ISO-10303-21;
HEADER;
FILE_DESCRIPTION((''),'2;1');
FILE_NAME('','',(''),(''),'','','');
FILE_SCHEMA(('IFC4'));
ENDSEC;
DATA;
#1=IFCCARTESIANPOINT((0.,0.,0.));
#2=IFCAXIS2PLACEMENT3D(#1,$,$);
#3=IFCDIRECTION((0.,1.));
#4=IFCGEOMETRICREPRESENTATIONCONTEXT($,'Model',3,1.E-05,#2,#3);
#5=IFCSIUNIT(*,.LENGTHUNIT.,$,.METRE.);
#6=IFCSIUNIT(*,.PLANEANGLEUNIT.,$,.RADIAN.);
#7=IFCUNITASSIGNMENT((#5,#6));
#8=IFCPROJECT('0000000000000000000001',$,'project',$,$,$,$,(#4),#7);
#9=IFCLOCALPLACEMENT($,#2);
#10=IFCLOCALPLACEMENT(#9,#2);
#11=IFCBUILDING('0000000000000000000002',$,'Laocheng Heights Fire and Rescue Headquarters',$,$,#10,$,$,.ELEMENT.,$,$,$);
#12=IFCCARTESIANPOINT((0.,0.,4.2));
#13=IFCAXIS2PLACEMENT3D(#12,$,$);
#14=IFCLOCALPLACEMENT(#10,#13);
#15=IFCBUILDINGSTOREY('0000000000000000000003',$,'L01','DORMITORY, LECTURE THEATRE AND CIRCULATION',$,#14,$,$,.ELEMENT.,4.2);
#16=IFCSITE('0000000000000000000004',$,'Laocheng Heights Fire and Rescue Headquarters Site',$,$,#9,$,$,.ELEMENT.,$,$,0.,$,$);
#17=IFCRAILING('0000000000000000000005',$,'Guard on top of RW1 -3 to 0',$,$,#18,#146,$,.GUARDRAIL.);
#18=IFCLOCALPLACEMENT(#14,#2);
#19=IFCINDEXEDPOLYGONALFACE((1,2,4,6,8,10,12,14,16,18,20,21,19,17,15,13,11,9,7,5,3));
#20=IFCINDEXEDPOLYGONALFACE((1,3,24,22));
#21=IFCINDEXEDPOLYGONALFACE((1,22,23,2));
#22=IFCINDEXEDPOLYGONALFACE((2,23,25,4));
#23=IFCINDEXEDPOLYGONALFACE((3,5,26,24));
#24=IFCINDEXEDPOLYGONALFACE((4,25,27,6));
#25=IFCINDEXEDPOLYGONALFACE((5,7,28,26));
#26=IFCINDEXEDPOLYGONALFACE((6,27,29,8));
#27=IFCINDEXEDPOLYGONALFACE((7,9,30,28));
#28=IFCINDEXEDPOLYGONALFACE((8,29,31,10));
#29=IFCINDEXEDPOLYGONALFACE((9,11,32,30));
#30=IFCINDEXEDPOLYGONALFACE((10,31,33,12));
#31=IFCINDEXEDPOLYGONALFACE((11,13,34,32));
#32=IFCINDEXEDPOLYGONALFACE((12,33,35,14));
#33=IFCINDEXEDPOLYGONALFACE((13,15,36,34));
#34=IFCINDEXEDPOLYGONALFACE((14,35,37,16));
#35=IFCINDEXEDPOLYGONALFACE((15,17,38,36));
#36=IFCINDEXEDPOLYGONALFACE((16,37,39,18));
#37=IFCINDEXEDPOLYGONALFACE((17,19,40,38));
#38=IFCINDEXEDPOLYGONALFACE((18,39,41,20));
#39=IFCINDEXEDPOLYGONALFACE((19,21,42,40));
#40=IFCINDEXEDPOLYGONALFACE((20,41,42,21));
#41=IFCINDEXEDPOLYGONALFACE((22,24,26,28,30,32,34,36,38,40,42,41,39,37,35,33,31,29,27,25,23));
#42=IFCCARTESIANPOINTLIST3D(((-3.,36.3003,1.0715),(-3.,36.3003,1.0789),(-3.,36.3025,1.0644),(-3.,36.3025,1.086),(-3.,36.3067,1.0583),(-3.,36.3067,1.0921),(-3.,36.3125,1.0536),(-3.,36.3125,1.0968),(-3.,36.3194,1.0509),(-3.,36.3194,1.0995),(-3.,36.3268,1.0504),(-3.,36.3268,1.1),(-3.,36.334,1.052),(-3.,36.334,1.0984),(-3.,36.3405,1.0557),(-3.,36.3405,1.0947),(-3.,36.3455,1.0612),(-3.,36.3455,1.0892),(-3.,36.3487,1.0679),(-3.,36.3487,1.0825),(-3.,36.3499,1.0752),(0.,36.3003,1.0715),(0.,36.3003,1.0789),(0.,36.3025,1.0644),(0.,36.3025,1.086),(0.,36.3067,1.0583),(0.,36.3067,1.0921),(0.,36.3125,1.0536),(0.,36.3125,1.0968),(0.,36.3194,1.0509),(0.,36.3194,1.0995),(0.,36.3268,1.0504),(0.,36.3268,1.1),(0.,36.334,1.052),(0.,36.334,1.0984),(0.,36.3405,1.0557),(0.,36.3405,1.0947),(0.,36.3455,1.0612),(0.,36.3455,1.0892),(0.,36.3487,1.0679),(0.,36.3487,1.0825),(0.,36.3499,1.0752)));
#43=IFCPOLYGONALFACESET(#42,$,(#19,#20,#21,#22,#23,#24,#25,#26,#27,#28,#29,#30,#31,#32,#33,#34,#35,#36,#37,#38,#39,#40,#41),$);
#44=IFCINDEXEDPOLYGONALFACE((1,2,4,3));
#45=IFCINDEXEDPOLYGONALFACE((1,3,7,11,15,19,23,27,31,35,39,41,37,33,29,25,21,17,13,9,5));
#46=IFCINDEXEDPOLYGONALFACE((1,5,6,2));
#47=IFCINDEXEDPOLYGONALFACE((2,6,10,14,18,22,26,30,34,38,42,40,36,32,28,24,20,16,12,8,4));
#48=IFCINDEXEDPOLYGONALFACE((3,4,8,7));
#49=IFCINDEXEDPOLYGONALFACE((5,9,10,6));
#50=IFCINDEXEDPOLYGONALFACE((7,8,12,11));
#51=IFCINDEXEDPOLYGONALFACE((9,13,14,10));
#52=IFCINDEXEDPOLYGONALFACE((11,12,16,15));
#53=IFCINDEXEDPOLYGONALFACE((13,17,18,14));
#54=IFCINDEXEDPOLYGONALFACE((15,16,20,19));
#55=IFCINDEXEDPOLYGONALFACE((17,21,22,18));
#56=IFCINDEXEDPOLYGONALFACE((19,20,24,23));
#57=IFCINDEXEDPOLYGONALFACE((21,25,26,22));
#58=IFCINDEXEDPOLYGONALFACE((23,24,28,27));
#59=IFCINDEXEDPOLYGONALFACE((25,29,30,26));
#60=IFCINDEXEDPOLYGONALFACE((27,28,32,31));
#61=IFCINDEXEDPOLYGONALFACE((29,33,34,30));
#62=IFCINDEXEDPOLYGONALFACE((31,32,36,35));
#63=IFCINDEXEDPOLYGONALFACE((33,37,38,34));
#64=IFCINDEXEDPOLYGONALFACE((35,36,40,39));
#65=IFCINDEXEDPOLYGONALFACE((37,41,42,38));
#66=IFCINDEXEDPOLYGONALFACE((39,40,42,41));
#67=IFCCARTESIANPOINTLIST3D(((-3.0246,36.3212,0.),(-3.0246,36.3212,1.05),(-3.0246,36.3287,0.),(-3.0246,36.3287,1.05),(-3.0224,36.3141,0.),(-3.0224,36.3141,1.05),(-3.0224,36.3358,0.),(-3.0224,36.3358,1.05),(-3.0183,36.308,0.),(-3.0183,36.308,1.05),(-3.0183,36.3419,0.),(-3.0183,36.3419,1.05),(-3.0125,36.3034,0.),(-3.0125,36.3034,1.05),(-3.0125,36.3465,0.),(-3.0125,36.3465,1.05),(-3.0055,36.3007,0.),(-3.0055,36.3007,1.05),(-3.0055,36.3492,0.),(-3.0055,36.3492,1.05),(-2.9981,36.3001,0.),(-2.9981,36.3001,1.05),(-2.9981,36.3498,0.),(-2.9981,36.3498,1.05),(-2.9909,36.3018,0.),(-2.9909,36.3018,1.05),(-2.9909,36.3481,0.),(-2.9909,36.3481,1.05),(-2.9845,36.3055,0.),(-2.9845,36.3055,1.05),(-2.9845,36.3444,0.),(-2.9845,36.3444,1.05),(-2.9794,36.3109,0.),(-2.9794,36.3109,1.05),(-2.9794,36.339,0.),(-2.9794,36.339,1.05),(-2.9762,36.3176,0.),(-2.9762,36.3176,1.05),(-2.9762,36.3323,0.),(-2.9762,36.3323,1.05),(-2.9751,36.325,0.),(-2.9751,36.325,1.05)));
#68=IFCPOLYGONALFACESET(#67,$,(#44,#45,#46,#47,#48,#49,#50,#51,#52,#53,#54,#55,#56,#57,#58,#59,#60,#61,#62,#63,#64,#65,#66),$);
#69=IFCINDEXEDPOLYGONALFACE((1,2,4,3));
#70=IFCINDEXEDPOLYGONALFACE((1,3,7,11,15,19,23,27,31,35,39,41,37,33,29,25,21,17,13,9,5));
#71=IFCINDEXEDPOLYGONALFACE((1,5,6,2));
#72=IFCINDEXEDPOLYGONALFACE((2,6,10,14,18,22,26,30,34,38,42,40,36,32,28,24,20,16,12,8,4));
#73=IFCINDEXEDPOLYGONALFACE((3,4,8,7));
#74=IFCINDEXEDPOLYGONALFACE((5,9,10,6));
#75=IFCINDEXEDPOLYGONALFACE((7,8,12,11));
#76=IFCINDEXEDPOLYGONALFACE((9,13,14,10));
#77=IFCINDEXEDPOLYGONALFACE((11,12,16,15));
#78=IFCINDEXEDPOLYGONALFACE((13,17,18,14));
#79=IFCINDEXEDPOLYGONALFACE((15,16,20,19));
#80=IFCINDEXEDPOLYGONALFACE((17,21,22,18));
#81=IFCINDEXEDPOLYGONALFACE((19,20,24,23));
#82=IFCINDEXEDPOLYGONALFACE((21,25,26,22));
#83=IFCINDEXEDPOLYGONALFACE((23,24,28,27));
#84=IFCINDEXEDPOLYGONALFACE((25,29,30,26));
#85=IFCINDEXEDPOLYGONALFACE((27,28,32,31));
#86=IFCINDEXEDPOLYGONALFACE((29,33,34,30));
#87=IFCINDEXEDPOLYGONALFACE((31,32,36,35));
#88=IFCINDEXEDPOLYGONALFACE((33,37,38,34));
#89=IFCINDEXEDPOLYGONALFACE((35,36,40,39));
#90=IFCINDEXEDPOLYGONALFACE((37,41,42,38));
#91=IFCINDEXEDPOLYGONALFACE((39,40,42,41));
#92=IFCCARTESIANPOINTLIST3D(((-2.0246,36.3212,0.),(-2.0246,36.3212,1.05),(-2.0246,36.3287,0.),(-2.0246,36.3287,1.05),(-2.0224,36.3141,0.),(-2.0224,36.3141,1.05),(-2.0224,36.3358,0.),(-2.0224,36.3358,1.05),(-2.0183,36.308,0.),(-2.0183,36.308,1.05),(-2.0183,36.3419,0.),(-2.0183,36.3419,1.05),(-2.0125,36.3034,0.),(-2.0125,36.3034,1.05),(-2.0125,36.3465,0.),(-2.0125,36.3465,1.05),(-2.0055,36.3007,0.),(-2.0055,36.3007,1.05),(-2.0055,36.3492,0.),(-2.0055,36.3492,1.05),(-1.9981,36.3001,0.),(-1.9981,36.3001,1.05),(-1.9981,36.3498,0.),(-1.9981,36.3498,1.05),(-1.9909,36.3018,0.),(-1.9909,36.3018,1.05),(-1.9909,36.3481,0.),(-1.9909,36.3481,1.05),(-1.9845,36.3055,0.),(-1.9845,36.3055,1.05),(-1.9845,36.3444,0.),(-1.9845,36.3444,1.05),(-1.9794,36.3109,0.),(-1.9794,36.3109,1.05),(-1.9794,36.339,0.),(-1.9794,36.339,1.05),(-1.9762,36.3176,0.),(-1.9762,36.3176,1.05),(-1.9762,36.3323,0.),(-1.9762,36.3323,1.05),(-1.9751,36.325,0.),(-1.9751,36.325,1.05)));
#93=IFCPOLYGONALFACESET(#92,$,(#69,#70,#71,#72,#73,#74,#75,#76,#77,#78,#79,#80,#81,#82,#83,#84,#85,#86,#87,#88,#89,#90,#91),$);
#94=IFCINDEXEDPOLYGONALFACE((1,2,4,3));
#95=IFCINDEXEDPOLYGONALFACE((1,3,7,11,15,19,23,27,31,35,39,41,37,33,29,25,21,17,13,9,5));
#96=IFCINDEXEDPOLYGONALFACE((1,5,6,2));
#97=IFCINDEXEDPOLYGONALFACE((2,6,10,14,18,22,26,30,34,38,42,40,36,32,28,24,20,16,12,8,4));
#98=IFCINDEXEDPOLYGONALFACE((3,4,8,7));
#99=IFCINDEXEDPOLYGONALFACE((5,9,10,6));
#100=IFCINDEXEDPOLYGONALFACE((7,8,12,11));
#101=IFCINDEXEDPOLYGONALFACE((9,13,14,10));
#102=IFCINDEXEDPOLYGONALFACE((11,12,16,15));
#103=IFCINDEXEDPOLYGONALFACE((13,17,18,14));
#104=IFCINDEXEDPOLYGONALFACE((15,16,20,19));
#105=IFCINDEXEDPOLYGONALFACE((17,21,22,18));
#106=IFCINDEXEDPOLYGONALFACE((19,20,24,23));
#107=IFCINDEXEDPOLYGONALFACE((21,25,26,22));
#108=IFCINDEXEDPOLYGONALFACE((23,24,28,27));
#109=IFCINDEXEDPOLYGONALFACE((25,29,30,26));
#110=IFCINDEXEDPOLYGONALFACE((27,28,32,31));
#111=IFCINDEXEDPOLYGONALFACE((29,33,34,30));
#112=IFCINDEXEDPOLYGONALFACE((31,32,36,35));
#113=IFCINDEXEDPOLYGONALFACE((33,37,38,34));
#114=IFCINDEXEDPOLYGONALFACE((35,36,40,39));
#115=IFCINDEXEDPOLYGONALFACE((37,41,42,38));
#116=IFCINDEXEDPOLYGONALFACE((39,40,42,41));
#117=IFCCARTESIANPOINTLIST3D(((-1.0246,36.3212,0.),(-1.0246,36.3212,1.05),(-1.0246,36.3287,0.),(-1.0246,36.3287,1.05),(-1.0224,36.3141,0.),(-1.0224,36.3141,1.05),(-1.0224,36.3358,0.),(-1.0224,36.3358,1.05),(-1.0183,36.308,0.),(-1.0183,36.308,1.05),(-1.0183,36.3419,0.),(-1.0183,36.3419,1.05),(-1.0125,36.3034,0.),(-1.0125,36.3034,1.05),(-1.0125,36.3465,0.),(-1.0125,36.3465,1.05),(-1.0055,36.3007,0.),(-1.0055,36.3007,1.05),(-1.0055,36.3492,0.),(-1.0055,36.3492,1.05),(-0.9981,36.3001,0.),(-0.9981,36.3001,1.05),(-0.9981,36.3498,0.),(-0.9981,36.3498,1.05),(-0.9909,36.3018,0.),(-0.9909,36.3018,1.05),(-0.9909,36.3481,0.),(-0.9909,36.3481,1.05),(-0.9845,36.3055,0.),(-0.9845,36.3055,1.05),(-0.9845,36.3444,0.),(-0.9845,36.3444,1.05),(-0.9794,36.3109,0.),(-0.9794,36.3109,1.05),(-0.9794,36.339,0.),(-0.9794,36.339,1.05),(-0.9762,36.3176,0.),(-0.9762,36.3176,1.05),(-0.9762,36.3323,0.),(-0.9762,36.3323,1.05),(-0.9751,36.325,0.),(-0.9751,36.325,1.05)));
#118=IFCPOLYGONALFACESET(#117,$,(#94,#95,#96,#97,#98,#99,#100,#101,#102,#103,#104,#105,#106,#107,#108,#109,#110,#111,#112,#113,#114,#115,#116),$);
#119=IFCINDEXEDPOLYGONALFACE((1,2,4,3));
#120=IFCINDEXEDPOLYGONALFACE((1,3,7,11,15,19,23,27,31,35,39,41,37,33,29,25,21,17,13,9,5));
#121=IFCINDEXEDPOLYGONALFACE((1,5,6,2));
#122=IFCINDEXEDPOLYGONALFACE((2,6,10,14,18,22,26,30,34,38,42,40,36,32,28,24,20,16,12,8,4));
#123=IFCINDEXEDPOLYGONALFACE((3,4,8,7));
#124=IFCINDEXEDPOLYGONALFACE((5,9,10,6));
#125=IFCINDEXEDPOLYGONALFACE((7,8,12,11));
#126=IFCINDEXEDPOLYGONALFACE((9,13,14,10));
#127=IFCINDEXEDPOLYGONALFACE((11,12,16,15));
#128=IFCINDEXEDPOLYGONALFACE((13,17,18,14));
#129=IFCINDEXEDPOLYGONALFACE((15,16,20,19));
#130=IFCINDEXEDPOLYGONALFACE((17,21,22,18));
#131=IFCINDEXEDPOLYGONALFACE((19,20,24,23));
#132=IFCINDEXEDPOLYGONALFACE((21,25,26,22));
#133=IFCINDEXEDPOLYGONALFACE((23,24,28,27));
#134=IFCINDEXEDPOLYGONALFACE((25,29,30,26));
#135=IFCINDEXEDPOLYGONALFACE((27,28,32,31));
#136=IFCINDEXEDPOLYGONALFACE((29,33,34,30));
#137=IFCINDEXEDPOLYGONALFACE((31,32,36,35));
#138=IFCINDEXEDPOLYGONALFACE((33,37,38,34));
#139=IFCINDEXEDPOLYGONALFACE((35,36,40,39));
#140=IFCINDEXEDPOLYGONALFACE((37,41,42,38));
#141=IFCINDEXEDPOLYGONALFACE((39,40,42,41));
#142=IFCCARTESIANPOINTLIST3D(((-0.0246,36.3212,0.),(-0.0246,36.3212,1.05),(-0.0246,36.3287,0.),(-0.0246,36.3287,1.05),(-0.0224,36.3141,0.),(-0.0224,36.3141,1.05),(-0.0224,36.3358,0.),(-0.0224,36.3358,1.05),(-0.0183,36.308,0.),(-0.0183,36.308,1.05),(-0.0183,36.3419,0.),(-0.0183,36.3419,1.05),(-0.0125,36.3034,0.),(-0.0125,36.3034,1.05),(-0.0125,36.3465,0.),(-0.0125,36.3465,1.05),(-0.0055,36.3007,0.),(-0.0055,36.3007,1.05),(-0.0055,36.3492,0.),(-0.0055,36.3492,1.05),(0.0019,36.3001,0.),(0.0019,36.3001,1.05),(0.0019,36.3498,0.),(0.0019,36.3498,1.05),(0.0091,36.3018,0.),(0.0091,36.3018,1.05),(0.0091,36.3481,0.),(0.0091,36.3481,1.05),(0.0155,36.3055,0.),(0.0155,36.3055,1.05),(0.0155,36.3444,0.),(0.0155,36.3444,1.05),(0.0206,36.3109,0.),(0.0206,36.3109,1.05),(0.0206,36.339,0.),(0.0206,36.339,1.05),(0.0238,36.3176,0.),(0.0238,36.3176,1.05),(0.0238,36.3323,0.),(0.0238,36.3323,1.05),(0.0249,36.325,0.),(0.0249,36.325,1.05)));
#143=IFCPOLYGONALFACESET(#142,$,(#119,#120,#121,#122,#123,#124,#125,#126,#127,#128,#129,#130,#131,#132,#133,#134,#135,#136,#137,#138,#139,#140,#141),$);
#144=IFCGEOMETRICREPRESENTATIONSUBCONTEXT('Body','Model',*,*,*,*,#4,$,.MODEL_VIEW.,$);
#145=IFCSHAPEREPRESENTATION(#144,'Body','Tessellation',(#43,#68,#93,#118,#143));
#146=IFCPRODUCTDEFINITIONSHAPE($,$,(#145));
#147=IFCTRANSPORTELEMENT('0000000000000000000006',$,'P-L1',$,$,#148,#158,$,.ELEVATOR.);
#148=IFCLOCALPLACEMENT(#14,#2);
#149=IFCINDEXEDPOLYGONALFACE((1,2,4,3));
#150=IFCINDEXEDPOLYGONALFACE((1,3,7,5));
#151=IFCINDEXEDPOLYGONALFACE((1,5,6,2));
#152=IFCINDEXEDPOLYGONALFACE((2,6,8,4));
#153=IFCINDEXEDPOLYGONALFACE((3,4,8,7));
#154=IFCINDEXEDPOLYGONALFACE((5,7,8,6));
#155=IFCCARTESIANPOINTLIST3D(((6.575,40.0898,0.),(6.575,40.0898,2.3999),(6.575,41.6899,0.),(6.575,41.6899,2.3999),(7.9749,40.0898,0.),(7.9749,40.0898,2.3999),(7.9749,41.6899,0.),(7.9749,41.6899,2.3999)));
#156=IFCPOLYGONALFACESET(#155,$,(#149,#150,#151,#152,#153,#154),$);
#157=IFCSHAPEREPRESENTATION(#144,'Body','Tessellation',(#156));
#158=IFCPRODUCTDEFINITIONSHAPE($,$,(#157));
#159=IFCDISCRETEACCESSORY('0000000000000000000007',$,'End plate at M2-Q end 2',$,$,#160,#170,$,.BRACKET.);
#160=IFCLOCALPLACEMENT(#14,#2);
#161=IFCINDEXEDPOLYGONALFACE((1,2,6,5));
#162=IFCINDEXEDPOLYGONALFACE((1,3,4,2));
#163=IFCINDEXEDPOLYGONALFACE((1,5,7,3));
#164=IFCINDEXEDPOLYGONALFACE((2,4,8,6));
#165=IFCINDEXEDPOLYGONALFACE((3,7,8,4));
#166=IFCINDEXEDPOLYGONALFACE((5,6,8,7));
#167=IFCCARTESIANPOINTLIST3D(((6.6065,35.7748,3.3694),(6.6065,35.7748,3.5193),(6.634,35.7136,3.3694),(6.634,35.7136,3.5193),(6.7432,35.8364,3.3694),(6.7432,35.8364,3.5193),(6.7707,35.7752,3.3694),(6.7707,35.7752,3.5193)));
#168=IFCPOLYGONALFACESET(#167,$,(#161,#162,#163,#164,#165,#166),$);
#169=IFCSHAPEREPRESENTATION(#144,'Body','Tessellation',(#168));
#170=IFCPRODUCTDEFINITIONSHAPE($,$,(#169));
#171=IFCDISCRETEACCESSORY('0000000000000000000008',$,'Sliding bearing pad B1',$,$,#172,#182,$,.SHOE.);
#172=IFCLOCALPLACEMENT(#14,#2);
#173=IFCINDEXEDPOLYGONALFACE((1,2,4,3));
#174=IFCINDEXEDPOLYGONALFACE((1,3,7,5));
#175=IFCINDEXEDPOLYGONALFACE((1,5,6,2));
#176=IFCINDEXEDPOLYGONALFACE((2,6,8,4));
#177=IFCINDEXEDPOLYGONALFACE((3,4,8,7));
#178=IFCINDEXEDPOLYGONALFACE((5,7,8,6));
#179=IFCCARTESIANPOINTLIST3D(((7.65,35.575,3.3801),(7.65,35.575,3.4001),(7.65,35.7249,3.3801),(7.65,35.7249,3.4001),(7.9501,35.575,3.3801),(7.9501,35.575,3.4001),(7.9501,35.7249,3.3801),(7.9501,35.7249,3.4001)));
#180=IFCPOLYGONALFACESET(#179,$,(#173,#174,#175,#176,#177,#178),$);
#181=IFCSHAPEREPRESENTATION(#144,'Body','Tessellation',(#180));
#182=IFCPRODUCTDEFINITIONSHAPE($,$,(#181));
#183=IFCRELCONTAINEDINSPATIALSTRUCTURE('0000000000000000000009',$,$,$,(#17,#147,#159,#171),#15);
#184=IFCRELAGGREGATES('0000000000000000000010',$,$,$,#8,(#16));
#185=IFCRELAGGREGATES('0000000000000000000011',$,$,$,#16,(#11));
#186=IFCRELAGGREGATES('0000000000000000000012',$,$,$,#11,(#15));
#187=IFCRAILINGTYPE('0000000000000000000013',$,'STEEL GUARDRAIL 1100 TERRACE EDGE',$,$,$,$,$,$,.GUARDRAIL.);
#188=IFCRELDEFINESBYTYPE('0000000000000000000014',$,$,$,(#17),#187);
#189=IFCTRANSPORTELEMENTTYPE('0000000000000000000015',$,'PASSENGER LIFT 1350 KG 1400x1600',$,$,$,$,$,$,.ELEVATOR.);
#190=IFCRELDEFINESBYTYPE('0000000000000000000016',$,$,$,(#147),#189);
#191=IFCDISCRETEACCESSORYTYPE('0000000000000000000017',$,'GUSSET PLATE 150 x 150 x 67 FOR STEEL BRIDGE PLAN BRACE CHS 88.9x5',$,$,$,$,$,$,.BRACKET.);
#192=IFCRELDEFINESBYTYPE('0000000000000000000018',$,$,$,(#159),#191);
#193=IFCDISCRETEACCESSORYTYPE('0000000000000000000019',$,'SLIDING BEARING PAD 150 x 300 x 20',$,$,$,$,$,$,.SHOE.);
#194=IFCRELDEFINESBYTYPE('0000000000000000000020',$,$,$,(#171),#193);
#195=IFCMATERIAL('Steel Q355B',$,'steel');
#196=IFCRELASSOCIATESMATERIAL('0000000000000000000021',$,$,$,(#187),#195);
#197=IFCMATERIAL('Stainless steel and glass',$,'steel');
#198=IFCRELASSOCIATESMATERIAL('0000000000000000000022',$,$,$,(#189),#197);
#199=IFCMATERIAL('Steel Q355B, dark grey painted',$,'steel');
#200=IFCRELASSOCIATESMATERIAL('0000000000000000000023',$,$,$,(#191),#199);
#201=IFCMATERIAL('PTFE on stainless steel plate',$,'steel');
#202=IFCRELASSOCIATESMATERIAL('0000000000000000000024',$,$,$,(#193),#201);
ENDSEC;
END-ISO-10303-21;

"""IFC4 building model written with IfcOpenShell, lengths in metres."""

from ifc_helpers import new_model, si_unit, direction, frame, origin, origin_2d, place, context, subcontext, project, spatial, rectangle, circle, extrude, material, material_profile, profile_set, type_object, element, save


model = new_model("IFC4")

# Units and contexts
model_context = context("Model", 3, precision=1e-05, world=origin(), true_north=direction((0.0, 1.0)))
body_context = subcontext(model_context, "Body", "Model", "MODEL_VIEW")
ifc_project = project(units=[si_unit("LENGTHUNIT", "METRE"), si_unit("PLANEANGLEUNIT", "RADIAN")], contexts=[model_context])

# Site, building, storey
site_placement = place(None, origin())
site = spatial("IfcSite", under=ifc_project, at=site_placement, Name="Laocheng Heights Fire and Rescue Headquarters Site", CompositionType="ELEMENT", RefElevation=0.0)
building_placement = place(site_placement, origin())
building = spatial("IfcBuilding", under=site, at=building_placement, Name="Laocheng Heights Fire and Rescue Headquarters", CompositionType="ELEMENT")
storey_placement = place(building_placement, frame((0.0, 0.0, 4.2)))
storey = spatial("IfcBuildingStorey", under=building, at=storey_placement, Name="L01", Description="DORMITORY, LECTURE THEATRE AND CIRCULATION", CompositionType="ELEMENT", Elevation=4.2)

# Railing
ifc_material_1 = material(Name="Steel Q355B", Category="steel")
railing_type_1 = type_object("IfcRailingType", Name="STEEL GUARDRAIL 1100 TERRACE EDGE", PredefinedType="GUARDRAIL", material=ifc_material_1)
railing_1_placement = place(storey_placement, frame((-3.0, 36.325, 0.0)))
element("IfcRailing", 1, at=railing_1_placement, inside=storey, type_object=railing_type_1, Name="Guard on top of RW1 -3 to 0", PredefinedType="GUARDRAIL", context=body_context, shape_type="SweptSolid", body=[
    extrude(circle(Radius=0.0249, at=origin_2d()), frame((0.0, 0.0, 1.0752), z_axis=(1.0, 0.0, 0.0), x_axis=(0.0, 1.0, 0.0)), (0.0, 0.0, 1.0), 3.0),
    extrude(circle(Radius=0.0249, at=origin_2d()), origin(), (0.0, 0.0, 1.0), 1.05),
    extrude(circle(Radius=0.0249, at=origin_2d()), frame((1.0, 0.0, 0.0)), (0.0, 0.0, 1.0), 1.05),
    extrude(circle(Radius=0.0249, at=origin_2d()), frame((2.0, 0.0, 0.0)), (0.0, 0.0, 1.0), 1.05),
    extrude(circle(Radius=0.0249, at=origin_2d()), frame((3.0, 0.0, 0.0)), (0.0, 0.0, 1.0), 1.05),
])

# Transport element
ifc_material_2 = material(Name="Stainless steel and glass", Category="steel")
transport_element_type = type_object("IfcTransportElementType", Name="PASSENGER LIFT 1350 KG 1400x1600", PredefinedType="ELEVATOR", material=ifc_material_2)
transport_element_placement = place(storey_placement, frame((7.2749, 40.8899, 0.0), z_axis=(0.0, 0.0, 1.0), x_axis=(1.0, 0.0, 0.0)))
element("IfcTransportElement", 2, at=transport_element_placement, inside=storey, type_object=transport_element_type, Name="P-L1", PredefinedType="ELEVATOR", context=body_context, shape_type="SweptSolid", body=[
    extrude(rectangle(XDim=1.3999, YDim=1.6001, at=origin_2d()), origin(), (0.0, 0.0, 1.0), 2.3999),
])

# Discrete accessories
ifc_material_3 = material(Name="Steel Q355B, dark grey painted", Category="steel")
ifc_material_profile_1 = material_profile(ifc_material_3, rectangle(XDim=0.1499, YDim=0.1499, at=origin_2d()), Name="GUSSET PLATE 150 x 150 x 67 FOR STEEL BRIDGE PLAN BRACE CHS 88.9x5")
ifc_profile_set_1 = profile_set([ifc_material_profile_1], Name="Steel Q355B, dark grey painted")
discrete_accessory_type_1 = type_object("IfcDiscreteAccessoryType", Name="GUSSET PLATE 150 x 150 x 67 FOR STEEL BRIDGE PLAN BRACE CHS 88.9x5", PredefinedType="BRACKET", material=ifc_profile_set_1)
discrete_accessory_1_placement = place(storey_placement, frame((6.7024, 35.7444, 3.4443), z_axis=(-0.410516, 0.911854, 0.0), x_axis=(-0.911854, -0.410516, 0.0)))
element("IfcDiscreteAccessory", 3, at=discrete_accessory_1_placement, inside=storey, type_object=discrete_accessory_type_1, Name="End plate at M2-Q end 2", PredefinedType="BRACKET", context=body_context, shape_type="SweptSolid", body=[
    extrude(rectangle(XDim=0.1499, YDim=0.1499, at=origin_2d()), origin(), (0.0, 0.0, 1.0), 0.0671),
])
ifc_material_4 = material(Name="PTFE on stainless steel plate", Category="steel")
discrete_accessory_type_2 = type_object("IfcDiscreteAccessoryType", Name="SLIDING BEARING PAD 150 x 300 x 20", PredefinedType="SHOE", material=ifc_material_4)
discrete_accessory_2_placement = place(storey_placement, frame((7.8, 35.6499, 3.3801), z_axis=(0.0, 0.0, 1.0), x_axis=(1.0, 0.0, 0.0)))
element("IfcDiscreteAccessory", 4, at=discrete_accessory_2_placement, inside=storey, type_object=discrete_accessory_type_2, Name="Sliding bearing pad B1", PredefinedType="SHOE", context=body_context, shape_type="SweptSolid", body=[
    extrude(rectangle(XDim=0.3, YDim=0.1499, at=origin_2d()), origin(), (0.0, 0.0, 1.0), 0.02),
])

save(model, "model.ifc")
